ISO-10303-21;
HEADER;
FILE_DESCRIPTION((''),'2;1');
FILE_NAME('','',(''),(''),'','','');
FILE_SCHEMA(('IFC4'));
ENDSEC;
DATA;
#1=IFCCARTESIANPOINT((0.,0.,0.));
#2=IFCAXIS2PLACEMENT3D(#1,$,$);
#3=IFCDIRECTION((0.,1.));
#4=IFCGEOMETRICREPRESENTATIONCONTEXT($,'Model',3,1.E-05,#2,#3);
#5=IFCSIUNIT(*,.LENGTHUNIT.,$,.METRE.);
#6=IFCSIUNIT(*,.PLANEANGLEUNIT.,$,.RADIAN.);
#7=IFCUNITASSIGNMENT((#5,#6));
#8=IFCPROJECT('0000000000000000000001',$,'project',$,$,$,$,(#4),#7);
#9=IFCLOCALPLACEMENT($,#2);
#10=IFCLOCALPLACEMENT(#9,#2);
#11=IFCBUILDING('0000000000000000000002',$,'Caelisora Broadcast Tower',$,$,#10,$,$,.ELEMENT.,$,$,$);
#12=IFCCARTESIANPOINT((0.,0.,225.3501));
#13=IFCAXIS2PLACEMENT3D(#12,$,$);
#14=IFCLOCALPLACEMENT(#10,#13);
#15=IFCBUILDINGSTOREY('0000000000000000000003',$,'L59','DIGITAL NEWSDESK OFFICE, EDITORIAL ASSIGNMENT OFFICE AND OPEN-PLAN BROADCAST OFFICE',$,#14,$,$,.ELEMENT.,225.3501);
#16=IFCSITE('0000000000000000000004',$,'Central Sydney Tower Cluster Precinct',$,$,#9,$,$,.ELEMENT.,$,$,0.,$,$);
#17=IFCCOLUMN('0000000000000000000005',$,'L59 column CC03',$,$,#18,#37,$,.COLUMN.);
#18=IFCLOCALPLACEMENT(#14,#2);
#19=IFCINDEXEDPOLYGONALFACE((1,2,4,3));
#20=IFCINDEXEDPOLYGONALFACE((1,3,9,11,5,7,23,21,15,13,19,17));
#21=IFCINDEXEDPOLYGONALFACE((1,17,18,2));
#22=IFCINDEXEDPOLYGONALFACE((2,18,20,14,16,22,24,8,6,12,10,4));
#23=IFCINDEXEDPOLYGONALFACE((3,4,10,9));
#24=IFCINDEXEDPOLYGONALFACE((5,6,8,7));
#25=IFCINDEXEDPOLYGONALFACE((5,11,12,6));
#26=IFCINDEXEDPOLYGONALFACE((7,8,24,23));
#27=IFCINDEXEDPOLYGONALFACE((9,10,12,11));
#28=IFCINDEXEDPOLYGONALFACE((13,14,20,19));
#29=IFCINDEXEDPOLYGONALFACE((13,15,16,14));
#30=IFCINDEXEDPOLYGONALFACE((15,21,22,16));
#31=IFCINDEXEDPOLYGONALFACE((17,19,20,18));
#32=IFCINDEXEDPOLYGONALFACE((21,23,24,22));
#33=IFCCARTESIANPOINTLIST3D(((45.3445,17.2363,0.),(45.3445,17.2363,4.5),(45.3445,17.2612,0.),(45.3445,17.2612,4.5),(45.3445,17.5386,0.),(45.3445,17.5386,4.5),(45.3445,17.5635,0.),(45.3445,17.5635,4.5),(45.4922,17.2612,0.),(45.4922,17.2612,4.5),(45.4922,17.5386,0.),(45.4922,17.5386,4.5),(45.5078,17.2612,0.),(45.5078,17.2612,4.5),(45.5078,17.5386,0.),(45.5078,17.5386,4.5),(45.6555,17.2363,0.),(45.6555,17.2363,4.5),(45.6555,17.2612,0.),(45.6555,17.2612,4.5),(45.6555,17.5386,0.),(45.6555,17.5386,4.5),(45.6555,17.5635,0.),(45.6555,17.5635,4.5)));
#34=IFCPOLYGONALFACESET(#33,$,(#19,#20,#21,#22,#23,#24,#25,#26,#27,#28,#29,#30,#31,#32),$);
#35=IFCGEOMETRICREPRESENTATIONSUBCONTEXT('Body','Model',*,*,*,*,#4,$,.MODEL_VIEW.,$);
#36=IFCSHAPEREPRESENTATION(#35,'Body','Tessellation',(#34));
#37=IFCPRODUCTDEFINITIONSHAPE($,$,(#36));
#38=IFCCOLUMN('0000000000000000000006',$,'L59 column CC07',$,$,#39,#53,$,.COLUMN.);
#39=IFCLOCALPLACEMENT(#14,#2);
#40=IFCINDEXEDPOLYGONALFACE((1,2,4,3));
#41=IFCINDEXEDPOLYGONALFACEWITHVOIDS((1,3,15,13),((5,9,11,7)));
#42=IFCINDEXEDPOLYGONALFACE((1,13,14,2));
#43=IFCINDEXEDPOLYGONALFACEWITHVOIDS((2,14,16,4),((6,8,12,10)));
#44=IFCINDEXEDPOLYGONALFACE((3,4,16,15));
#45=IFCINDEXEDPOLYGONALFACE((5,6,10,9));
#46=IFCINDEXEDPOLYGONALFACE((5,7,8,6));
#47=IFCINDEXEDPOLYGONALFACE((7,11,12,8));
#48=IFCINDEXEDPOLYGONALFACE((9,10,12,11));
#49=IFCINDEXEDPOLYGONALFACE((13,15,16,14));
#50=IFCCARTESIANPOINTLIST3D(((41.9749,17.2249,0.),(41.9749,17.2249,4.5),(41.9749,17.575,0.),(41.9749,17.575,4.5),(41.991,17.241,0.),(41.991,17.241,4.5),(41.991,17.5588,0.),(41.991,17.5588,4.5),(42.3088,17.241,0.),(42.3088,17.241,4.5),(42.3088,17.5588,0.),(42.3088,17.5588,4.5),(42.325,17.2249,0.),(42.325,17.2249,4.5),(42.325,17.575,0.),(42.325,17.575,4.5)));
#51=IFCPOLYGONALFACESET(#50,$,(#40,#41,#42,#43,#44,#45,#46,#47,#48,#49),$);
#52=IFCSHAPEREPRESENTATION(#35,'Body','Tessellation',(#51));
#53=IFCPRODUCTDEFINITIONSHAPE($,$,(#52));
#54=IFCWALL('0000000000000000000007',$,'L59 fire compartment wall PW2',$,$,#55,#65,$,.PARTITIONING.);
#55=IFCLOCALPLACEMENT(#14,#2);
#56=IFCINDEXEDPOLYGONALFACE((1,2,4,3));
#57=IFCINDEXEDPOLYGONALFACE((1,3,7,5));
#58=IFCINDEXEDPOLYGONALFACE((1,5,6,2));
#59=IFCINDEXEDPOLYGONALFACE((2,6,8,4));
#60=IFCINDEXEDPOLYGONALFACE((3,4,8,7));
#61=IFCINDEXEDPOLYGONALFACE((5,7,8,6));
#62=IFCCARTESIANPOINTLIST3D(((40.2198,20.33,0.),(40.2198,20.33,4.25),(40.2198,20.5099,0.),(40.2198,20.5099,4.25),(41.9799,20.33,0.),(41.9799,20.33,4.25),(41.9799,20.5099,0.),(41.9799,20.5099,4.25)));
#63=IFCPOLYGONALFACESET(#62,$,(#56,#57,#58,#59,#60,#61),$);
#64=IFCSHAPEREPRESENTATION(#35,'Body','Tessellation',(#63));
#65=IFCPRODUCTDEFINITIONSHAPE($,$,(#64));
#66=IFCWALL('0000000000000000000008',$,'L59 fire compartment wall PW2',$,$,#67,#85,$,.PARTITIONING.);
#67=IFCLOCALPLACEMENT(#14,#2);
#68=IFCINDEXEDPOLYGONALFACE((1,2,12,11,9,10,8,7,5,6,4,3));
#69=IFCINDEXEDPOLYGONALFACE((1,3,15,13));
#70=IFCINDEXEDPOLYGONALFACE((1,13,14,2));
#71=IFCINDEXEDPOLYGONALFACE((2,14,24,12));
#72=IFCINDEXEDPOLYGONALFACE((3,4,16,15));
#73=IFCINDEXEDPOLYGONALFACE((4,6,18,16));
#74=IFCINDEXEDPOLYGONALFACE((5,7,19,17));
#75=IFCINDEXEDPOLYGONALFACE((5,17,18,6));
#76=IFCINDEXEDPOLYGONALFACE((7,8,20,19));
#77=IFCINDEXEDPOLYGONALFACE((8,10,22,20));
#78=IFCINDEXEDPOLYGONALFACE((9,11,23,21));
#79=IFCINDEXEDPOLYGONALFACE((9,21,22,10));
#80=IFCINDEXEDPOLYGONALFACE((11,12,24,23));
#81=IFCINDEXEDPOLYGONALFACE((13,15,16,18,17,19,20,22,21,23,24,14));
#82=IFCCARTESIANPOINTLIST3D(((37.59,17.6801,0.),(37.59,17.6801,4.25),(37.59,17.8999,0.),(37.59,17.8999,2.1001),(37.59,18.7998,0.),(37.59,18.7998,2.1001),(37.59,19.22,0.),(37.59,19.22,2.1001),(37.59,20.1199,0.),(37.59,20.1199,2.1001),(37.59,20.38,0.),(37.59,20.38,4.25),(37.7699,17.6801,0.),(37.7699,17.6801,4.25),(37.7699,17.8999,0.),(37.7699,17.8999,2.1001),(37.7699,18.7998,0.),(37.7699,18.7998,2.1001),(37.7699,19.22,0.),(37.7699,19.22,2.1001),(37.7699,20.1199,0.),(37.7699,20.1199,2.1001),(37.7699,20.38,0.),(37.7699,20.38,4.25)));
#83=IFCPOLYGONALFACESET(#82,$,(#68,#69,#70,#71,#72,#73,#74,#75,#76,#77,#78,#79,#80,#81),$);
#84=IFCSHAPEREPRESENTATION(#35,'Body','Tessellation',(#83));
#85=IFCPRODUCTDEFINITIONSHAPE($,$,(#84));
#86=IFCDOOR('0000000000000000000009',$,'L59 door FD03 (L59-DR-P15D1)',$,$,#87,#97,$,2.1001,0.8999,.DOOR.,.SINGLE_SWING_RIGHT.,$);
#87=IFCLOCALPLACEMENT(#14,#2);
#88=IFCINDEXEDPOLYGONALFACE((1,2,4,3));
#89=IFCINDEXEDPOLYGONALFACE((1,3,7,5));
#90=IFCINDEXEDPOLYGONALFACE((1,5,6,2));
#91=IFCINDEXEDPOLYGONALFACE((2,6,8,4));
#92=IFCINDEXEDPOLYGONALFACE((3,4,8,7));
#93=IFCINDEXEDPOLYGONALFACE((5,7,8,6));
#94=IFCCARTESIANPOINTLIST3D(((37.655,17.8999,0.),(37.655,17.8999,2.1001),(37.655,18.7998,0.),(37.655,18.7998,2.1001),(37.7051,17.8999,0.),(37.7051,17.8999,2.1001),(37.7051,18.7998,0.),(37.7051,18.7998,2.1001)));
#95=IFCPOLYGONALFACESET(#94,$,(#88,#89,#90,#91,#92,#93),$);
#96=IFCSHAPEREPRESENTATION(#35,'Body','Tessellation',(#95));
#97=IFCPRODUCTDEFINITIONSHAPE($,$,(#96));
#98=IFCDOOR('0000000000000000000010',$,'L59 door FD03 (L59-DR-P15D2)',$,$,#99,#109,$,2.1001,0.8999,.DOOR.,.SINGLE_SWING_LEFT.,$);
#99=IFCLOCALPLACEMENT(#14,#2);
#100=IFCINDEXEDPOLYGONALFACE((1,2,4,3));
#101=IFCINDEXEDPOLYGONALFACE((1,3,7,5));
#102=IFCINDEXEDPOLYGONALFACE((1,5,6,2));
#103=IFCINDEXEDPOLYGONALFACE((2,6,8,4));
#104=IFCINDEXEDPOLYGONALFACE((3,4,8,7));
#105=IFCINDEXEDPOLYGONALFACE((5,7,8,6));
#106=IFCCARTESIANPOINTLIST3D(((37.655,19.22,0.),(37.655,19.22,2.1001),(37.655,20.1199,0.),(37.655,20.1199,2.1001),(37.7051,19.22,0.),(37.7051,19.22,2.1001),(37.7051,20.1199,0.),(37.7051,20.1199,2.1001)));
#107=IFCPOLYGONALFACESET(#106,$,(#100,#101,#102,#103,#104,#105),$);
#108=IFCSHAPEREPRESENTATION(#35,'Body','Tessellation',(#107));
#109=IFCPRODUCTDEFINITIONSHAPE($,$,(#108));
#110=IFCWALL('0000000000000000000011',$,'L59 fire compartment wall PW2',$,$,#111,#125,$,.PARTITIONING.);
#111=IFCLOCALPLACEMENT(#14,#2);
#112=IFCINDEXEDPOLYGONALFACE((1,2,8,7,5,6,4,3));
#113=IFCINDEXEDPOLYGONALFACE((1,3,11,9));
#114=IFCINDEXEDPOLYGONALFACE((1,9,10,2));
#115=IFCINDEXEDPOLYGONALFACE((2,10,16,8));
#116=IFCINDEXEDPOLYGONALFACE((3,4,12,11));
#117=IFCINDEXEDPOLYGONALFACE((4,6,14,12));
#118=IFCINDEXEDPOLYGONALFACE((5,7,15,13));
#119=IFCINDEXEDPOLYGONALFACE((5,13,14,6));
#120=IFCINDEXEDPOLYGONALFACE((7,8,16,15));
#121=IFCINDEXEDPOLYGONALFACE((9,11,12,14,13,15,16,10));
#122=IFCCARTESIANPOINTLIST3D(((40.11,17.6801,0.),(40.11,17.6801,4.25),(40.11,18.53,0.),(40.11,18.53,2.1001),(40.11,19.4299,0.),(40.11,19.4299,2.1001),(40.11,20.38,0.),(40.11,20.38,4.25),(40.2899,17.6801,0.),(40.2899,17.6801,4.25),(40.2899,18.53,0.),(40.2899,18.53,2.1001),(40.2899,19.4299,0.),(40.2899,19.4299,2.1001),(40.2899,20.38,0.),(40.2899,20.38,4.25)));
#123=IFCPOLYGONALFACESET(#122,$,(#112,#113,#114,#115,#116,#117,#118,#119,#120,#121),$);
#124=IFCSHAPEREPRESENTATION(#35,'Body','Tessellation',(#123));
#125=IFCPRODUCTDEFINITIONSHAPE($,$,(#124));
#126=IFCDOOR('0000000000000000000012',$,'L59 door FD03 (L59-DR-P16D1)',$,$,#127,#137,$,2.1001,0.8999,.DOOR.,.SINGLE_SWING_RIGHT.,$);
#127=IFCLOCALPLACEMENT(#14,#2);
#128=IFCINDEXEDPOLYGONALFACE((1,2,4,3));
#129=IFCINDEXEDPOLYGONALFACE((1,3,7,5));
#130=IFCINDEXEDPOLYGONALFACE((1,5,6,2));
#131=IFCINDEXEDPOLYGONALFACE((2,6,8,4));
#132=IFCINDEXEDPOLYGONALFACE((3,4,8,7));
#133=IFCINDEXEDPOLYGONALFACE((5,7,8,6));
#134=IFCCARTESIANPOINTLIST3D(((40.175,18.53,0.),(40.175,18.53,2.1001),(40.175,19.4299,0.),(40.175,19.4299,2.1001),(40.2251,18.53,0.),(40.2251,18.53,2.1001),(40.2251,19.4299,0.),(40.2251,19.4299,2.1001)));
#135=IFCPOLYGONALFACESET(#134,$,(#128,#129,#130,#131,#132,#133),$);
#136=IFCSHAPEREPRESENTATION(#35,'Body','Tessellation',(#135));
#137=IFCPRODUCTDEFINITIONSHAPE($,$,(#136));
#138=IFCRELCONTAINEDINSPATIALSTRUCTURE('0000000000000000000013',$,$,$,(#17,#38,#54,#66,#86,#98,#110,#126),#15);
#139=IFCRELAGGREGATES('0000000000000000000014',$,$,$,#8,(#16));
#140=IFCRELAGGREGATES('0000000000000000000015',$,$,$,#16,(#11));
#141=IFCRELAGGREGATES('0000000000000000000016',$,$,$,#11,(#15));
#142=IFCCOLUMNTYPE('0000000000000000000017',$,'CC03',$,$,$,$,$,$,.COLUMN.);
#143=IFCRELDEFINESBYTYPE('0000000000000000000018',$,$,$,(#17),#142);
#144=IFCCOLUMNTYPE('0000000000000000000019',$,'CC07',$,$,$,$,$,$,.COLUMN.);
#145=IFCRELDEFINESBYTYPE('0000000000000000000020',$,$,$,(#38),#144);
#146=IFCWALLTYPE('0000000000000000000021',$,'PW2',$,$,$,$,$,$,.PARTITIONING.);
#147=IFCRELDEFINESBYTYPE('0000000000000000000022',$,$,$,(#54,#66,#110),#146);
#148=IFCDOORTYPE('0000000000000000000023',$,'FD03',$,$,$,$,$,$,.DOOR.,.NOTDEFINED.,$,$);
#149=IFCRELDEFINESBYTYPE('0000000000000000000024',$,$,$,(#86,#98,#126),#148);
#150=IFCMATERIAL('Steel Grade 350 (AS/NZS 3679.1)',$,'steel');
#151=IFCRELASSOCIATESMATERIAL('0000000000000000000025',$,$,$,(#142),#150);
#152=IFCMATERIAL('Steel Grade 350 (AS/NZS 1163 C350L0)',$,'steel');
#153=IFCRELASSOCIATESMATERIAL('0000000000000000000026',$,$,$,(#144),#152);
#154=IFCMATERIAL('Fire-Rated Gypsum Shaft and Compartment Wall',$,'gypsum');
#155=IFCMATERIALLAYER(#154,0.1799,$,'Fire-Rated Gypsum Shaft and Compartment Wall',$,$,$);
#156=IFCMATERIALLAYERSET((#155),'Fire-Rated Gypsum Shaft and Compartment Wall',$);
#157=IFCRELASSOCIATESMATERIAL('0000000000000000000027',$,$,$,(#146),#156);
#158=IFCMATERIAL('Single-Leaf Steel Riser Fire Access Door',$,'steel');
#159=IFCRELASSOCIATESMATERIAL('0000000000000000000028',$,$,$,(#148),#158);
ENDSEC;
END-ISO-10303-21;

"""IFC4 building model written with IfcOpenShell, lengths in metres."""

from ifc_helpers import new_model, si_unit, direction, frame, frame_2d, origin, origin_2d, place, context, subcontext, project, spatial, rectangle, hollow_rectangle, i_section, extrude, source, transform, mapped, material, layer, layer_set, material_profile, profile_set, type_object, type_shapes, element, fill, save


model = new_model("IFC4")

# Units and contexts
model_context = context("Model", 3, precision=1e-05, world=origin(), true_north=direction((0.0, 1.0)))
body_context = subcontext(model_context, "Body", "Model", "MODEL_VIEW")
ifc_project = project(units=[si_unit("LENGTHUNIT", "METRE"), si_unit("PLANEANGLEUNIT", "RADIAN")], contexts=[model_context])

# Site, building, storey
site_placement = place(None, origin())
site = spatial("IfcSite", under=ifc_project, at=site_placement, Name="Central Sydney Tower Cluster Precinct", CompositionType="ELEMENT", RefElevation=0.0)
building_placement = place(site_placement, origin())
building = spatial("IfcBuilding", under=site, at=building_placement, Name="Caelisora Broadcast Tower", CompositionType="ELEMENT")
storey_placement = place(building_placement, frame((0.0, 0.0, 225.3501)))
storey = spatial("IfcBuildingStorey", under=building, at=storey_placement, Name="L59", Description="DIGITAL NEWSDESK OFFICE, EDITORIAL ASSIGNMENT OFFICE AND OPEN-PLAN BROADCAST OFFICE", CompositionType="ELEMENT", Elevation=225.3501)

# Columns
ifc_material_1 = material(Name="Steel Grade 350 (AS/NZS 3679.1)", Category="steel")
ifc_material_profile_1 = material_profile(ifc_material_1, i_section(OverallWidth=0.311, OverallDepth=0.3271, WebThickness=0.0156, FlangeThickness=0.0249, at=origin_2d()), Name="Steel Grade 350 (AS/NZS 3679.1)")
ifc_profile_set_1 = profile_set([ifc_material_profile_1], Name="Steel Grade 350 (AS/NZS 3679.1)")
column_type_1 = type_object("IfcColumnType", Name="CC03", PredefinedType="COLUMN", material=ifc_profile_set_1)
shared_shape_1 = source(origin(), body_context, "Body", "SweptSolid", [
    extrude(i_section(OverallWidth=0.311, OverallDepth=0.3271, WebThickness=0.0156, FlangeThickness=0.0249, at=origin_2d()), origin(), (0.0, 0.0, 1.0), 4.5),
])
type_shapes(column_type_1, [shared_shape_1])
column_1_placement = place(storey_placement, frame((45.5, 17.3999, 0.0), z_axis=(0.0, 0.0, 1.0), x_axis=(1.0, 0.0, 0.0)))
element("IfcColumn", 1, at=column_1_placement, inside=storey, type_object=column_type_1, Name="L59 column CC03", PredefinedType="COLUMN", context=body_context, shape_type="MappedRepresentation", body=[
    mapped(shared_shape_1, transform((0.0, 0.0, 0.0), scale=1.0)),
])
ifc_material_2 = material(Name="Steel Grade 350 (AS/NZS 1163 C350L0)", Category="steel")
ifc_material_profile_2 = material_profile(ifc_material_2, hollow_rectangle(XDim=0.3501, YDim=0.3501, WallThickness=0.0161, at=origin_2d()), Name="Steel Grade 350 (AS/NZS 1163 C350L0)")
ifc_profile_set_2 = profile_set([ifc_material_profile_2], Name="Steel Grade 350 (AS/NZS 1163 C350L0)")
column_type_2 = type_object("IfcColumnType", Name="CC07", PredefinedType="COLUMN", material=ifc_profile_set_2)
shared_shape_2 = source(origin(), body_context, "Body", "SweptSolid", [
    extrude(hollow_rectangle(XDim=0.3501, YDim=0.3501, WallThickness=0.0161, at=origin_2d()), origin(), (0.0, 0.0, 1.0), 4.5),
])
type_shapes(column_type_2, [shared_shape_2])
column_2_placement = place(storey_placement, frame((42.1499, 17.3999, 0.0), z_axis=(0.0, 0.0, 1.0), x_axis=(1.0, 0.0, 0.0)))
element("IfcColumn", 2, at=column_2_placement, inside=storey, type_object=column_type_2, Name="L59 column CC07", PredefinedType="COLUMN", context=body_context, shape_type="MappedRepresentation", body=[
    mapped(shared_shape_2, transform((0.0, 0.0, 0.0), scale=1.0)),
])

# Wall
ifc_material_3 = material(Name="Fire-Rated Gypsum Shaft and Compartment Wall", Category="gypsum")
ifc_layer_1 = layer(ifc_material_3, 0.1799, Name="Fire-Rated Gypsum Shaft and Compartment Wall")
ifc_layer_set_1 = layer_set([ifc_layer_1], Name="Fire-Rated Gypsum Shaft and Compartment Wall")
wall_type_1 = type_object("IfcWallType", Name="PW2", PredefinedType="PARTITIONING", material=ifc_layer_set_1)
wall_1_placement = place(storey_placement, frame((40.22, 20.4199, 0.0), z_axis=(0.0, 0.0, 1.0), x_axis=(1.0, 0.0, 0.0)))
element("IfcWall", 3, at=wall_1_placement, inside=storey, type_object=wall_type_1, Name="L59 fire compartment wall PW2", PredefinedType="PARTITIONING", context=body_context, shape_type="SweptSolid", body=[
    extrude(rectangle(XDim=1.76, YDim=0.1799, at=frame_2d((0.8799, 0.0))), origin(), (0.0, 0.0, 1.0), 4.25),
])

# Wall, openings, doors
wall_2_placement = place(storey_placement, frame((37.6799, 17.6799, 0.0), z_axis=(0.0, 0.0, 1.0), x_axis=(0.0, 1.0, 0.0)))
wall_2 = element("IfcWall", 4, at=wall_2_placement, inside=storey, type_object=wall_type_1, Name="L59 fire compartment wall PW2", PredefinedType="PARTITIONING", context=body_context, shape_type="SweptSolid", body=[
    extrude(rectangle(XDim=2.7, YDim=0.1799, at=frame_2d((1.3501, 0.0))), origin(), (0.0, 0.0, 1.0), 4.25),
])
opening_1_placement = place(wall_2_placement, frame((0.22, 0.0, 0.0)))
opening_1 = element("IfcOpeningElement", 5, at=opening_1_placement, cuts=wall_2, PredefinedType="OPENING", context=body_context, shape_type="SweptSolid", body=[
    extrude(rectangle(XDim=0.8999, YDim=2.1001, at=frame_2d((0.45, 1.05))), frame((0.0, 0.1021, 0.0), z_axis=(0.0, -1.0, 0.0), x_axis=(1.0, 0.0, 0.0)), (0.0, 0.0, 1.0), 0.2039),
])
opening_2_placement = place(wall_2_placement, frame((1.54, 0.0, 0.0)))
opening_2 = element("IfcOpeningElement", 6, at=opening_2_placement, cuts=wall_2, PredefinedType="OPENING", context=body_context, shape_type="SweptSolid", body=[
    extrude(rectangle(XDim=0.8999, YDim=2.1001, at=frame_2d((0.45, 1.05))), frame((0.0, 0.1021, 0.0), z_axis=(0.0, -1.0, 0.0), x_axis=(1.0, 0.0, 0.0)), (0.0, 0.0, 1.0), 0.2039),
])
ifc_material_4 = material(Name="Single-Leaf Steel Riser Fire Access Door", Category="steel")
door_type_1 = type_object("IfcDoorType", Name="FD03", OperationType="NOTDEFINED", PredefinedType="DOOR", material=ifc_material_4)
door_1_placement = place(opening_1_placement, origin())
door_1 = element("IfcDoor", 7, at=door_1_placement, inside=storey, type_object=door_type_1, Name="L59 door FD03 (L59-DR-P15D1)", OperationType="SINGLE_SWING_RIGHT", OverallHeight=2.1001, OverallWidth=0.8999, PredefinedType="DOOR", context=body_context, shape_type="SweptSolid", body=[
    extrude(rectangle(XDim=0.8999, YDim=2.1001, at=frame_2d((0.45, 1.05))), frame((0.0, 0.0249, 0.0), z_axis=(0.0, -1.0, 0.0), x_axis=(1.0, 0.0, 0.0)), (0.0, 0.0, 1.0), 0.05),
])
fill(opening_1, door_1)
door_2_placement = place(opening_2_placement, origin())
door_2 = element("IfcDoor", 8, at=door_2_placement, inside=storey, type_object=door_type_1, Name="L59 door FD03 (L59-DR-P15D2)", OperationType="SINGLE_SWING_LEFT", OverallHeight=2.1001, OverallWidth=0.8999, PredefinedType="DOOR", context=body_context, shape_type="SweptSolid", body=[
    extrude(rectangle(XDim=0.8999, YDim=2.1001, at=frame_2d((0.45, 1.05))), frame((0.0, 0.0249, 0.0), z_axis=(0.0, -1.0, 0.0), x_axis=(1.0, 0.0, 0.0)), (0.0, 0.0, 1.0), 0.05),
])
fill(opening_2, door_2)

# Wall, opening, door
wall_3_placement = place(storey_placement, frame((40.2, 17.6799, 0.0), z_axis=(0.0, 0.0, 1.0), x_axis=(0.0, 1.0, 0.0)))
wall_3 = element("IfcWall", 9, at=wall_3_placement, inside=storey, type_object=wall_type_1, Name="L59 fire compartment wall PW2", PredefinedType="PARTITIONING", context=body_context, shape_type="SweptSolid", body=[
    extrude(rectangle(XDim=2.7, YDim=0.1799, at=frame_2d((1.3501, 0.0))), origin(), (0.0, 0.0, 1.0), 4.25),
])
opening_3_placement = place(wall_3_placement, frame((0.8501, 0.0, 0.0)))
opening_3 = element("IfcOpeningElement", 10, at=opening_3_placement, cuts=wall_3, PredefinedType="OPENING", context=body_context, shape_type="SweptSolid", body=[
    extrude(rectangle(XDim=0.8999, YDim=2.1001, at=frame_2d((0.45, 1.05))), frame((0.0, 0.1021, 0.0), z_axis=(0.0, -1.0, 0.0), x_axis=(1.0, 0.0, 0.0)), (0.0, 0.0, 1.0), 0.2039),
])
door_3_placement = place(opening_3_placement, origin())
door_3 = element("IfcDoor", 11, at=door_3_placement, inside=storey, type_object=door_type_1, Name="L59 door FD03 (L59-DR-P16D1)", OperationType="SINGLE_SWING_RIGHT", OverallHeight=2.1001, OverallWidth=0.8999, PredefinedType="DOOR", context=body_context, shape_type="SweptSolid", body=[
    extrude(rectangle(XDim=0.8999, YDim=2.1001, at=frame_2d((0.45, 1.05))), frame((0.0, 0.0249, 0.0), z_axis=(0.0, -1.0, 0.0), x_axis=(1.0, 0.0, 0.0)), (0.0, 0.0, 1.0), 0.05),
])
fill(opening_3, door_3)

save(model, "model.ifc")
